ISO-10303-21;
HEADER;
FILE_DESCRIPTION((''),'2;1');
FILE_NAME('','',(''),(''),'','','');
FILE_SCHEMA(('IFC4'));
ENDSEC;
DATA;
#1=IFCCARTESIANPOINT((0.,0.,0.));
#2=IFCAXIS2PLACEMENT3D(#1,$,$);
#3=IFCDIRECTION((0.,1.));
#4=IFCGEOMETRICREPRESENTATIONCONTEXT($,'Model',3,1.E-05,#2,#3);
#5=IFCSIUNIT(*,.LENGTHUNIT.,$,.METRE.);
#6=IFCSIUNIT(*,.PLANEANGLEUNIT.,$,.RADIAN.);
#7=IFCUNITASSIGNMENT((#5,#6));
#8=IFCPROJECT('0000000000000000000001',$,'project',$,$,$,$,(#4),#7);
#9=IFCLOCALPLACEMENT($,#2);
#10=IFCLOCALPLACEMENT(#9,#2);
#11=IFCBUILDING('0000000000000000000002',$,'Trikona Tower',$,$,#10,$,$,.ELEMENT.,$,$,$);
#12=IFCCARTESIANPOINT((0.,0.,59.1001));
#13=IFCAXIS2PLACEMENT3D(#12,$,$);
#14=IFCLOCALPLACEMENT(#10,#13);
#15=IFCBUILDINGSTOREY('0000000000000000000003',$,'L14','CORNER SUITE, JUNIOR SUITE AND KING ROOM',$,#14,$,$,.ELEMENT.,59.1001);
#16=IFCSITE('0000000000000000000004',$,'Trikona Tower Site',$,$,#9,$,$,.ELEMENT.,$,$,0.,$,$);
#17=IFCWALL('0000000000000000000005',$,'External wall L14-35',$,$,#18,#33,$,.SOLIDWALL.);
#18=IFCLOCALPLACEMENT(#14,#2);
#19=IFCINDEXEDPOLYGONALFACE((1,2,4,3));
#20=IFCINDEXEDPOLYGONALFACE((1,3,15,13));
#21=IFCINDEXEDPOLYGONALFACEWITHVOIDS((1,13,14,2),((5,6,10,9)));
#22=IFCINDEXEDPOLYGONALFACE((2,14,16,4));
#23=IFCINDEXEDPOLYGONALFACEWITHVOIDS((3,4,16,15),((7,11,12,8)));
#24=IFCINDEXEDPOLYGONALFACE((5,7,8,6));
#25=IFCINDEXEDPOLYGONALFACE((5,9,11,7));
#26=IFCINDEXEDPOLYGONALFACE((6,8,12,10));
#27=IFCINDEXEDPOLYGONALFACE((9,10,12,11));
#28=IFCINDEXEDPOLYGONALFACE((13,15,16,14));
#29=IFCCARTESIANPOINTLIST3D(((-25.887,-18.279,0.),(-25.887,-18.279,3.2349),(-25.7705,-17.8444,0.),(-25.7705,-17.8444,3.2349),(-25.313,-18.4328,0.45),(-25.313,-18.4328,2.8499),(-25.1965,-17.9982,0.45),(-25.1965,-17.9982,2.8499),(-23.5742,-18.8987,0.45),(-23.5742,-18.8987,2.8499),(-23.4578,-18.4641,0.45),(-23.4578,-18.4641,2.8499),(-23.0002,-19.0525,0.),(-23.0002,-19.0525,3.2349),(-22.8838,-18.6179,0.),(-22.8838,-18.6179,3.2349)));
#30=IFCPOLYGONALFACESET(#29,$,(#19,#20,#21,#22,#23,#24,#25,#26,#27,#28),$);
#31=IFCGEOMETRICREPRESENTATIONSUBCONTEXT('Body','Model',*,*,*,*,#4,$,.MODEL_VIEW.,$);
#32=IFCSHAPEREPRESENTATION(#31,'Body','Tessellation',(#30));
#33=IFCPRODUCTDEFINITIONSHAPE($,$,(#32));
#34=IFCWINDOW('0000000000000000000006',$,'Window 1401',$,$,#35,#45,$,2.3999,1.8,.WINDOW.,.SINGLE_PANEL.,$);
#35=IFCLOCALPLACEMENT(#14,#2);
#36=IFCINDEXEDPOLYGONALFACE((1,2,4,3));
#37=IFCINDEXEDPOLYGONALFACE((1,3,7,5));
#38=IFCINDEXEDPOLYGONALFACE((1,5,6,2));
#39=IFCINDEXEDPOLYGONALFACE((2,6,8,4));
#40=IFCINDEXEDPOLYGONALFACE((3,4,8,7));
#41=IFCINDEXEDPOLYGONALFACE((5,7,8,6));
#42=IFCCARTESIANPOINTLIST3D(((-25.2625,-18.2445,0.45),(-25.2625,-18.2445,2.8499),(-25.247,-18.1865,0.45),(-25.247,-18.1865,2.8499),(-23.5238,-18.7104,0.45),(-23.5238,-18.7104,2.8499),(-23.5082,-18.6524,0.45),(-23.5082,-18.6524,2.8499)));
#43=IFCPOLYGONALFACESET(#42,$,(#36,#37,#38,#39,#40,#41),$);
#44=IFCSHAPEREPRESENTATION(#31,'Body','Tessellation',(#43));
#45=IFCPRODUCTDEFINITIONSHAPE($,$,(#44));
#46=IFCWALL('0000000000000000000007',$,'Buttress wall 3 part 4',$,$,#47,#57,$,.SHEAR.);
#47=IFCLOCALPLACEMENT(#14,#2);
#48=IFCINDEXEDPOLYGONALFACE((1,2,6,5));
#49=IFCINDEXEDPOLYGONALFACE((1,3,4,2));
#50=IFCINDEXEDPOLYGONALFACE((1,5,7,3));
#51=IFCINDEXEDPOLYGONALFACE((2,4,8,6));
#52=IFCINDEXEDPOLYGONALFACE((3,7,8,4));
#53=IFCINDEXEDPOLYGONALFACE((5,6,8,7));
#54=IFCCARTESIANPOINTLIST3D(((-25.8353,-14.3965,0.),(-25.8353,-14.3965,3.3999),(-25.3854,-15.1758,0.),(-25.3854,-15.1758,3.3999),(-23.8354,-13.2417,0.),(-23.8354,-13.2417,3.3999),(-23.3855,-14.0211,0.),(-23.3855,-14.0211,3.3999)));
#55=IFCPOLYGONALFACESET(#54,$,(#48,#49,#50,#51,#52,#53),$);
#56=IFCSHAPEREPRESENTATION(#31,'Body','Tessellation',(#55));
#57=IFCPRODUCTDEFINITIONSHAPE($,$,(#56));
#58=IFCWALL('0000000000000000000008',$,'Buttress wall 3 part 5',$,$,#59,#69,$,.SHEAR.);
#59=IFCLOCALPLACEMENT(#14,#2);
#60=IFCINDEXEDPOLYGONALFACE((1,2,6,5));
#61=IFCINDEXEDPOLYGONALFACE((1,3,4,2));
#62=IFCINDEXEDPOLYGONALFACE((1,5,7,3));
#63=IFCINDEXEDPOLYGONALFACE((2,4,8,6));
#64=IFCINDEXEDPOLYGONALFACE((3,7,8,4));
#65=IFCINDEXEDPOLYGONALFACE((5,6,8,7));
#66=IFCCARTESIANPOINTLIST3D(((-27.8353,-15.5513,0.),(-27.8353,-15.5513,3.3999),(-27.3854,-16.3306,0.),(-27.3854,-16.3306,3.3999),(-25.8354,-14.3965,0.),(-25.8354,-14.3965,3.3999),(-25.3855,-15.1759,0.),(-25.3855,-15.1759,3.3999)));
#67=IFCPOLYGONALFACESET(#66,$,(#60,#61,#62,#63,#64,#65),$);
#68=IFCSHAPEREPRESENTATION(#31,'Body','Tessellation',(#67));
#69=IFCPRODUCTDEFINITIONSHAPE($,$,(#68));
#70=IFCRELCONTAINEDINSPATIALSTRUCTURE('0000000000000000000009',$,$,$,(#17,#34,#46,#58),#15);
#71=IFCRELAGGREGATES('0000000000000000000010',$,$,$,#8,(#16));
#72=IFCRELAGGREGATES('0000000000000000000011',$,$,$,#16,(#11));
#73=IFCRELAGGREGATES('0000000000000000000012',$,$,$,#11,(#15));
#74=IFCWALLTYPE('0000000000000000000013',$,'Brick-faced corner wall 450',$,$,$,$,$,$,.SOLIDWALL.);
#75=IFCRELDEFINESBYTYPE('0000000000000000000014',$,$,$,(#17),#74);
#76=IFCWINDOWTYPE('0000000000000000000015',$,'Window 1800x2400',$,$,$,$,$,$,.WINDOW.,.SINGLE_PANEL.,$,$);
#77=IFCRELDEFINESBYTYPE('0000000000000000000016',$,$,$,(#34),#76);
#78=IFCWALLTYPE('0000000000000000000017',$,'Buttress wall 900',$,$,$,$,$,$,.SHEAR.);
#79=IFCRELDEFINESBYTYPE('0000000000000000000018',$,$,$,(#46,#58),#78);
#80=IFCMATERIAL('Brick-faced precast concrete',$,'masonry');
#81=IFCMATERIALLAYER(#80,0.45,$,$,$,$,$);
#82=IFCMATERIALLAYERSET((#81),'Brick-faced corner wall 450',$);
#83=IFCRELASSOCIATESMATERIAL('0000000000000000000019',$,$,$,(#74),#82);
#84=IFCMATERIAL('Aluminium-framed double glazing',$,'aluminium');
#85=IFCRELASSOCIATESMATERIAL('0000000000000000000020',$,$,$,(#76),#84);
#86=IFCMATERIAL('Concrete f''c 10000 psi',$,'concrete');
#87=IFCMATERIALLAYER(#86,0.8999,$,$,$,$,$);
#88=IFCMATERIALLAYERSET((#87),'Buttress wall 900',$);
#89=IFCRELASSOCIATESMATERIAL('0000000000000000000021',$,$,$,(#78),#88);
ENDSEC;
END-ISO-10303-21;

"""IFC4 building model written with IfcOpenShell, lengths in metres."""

from ifc_helpers import new_model, si_unit, direction, frame, frame_2d, origin, place, context, subcontext, project, spatial, rectangle, extrude, material, layer, layer_set, type_object, element, fill, save


model = new_model("IFC4")

# Units and contexts
model_context = context("Model", 3, precision=1e-05, world=origin(), true_north=direction((0.0, 1.0)))
body_context = subcontext(model_context, "Body", "Model", "MODEL_VIEW")
ifc_project = project(units=[si_unit("LENGTHUNIT", "METRE"), si_unit("PLANEANGLEUNIT", "RADIAN")], contexts=[model_context])

# Site, building, storey
site_placement = place(None, origin())
site = spatial("IfcSite", under=ifc_project, at=site_placement, Name="Trikona Tower Site", CompositionType="ELEMENT", RefElevation=0.0)
building_placement = place(site_placement, origin())
building = spatial("IfcBuilding", under=site, at=building_placement, Name="Trikona Tower", CompositionType="ELEMENT")
storey_placement = place(building_placement, frame((0.0, 0.0, 59.1001)))
storey = spatial("IfcBuildingStorey", under=building, at=storey_placement, Name="L14", Description="CORNER SUITE, JUNIOR SUITE AND KING ROOM", CompositionType="ELEMENT", Elevation=59.1001)

# Wall, opening, window
ifc_material_1 = material(Name="Brick-faced precast concrete", Category="masonry")
ifc_layer_1 = layer(ifc_material_1, 0.45)
ifc_layer_set_1 = layer_set([ifc_layer_1], Name="Brick-faced corner wall 450")
wall_type_1 = type_object("IfcWallType", Name="Brick-faced corner wall 450", PredefinedType="SOLIDWALL", material=ifc_layer_set_1)
wall_1_placement = place(storey_placement, frame((-25.8286, -18.0618, 0.0), z_axis=(0.0, 0.0, 1.0), x_axis=(0.965931, -0.258801, 0.0)))
wall_1 = element("IfcWall", 1, at=wall_1_placement, inside=storey, type_object=wall_type_1, Name="External wall L14-35", PredefinedType="SOLIDWALL", context=body_context, shape_type="SweptSolid", body=[
    extrude(rectangle(XDim=2.9885, YDim=0.45, at=frame_2d((1.4941, 0.0))), origin(), (0.0, 0.0, 1.0), 3.2349),
])
opening_1_placement = place(wall_1_placement, frame((0.5942, 0.0, 0.45)))
opening_1 = element("IfcOpeningElement", 2, at=opening_1_placement, cuts=wall_1, PredefinedType="OPENING", context=body_context, shape_type="SweptSolid", body=[
    extrude(rectangle(XDim=1.8, YDim=2.3999, at=frame_2d((0.8999, 1.2))), frame((0.0, 0.2349, 0.0), z_axis=(0.0, -1.0, 0.0), x_axis=(1.0, 0.0, 0.0)), (0.0, 0.0, 1.0), 0.47),
])
ifc_material_2 = material(Name="Aluminium-framed double glazing", Category="aluminium")
window_type_1 = type_object("IfcWindowType", Name="Window 1800x2400", PartitioningType="SINGLE_PANEL", PredefinedType="WINDOW", material=ifc_material_2)
window_1_placement = place(opening_1_placement, origin())
window_1 = element("IfcWindow", 3, at=window_1_placement, inside=storey, type_object=window_type_1, Name="Window 1401", OverallHeight=2.3999, OverallWidth=1.8, PartitioningType="SINGLE_PANEL", PredefinedType="WINDOW", context=body_context, shape_type="SweptSolid", body=[
    extrude(rectangle(XDim=1.8, YDim=2.3999, at=frame_2d((0.8999, 1.2))), frame((0.0, 0.03, 0.0), z_axis=(0.0, -1.0, 0.0), x_axis=(1.0, 0.0, 0.0)), (0.0, 0.0, 1.0), 0.0601),
])
fill(opening_1, window_1)

# Walls
ifc_material_3 = material(Name="Concrete f'c 10000 psi", Category="concrete")
ifc_layer_2 = layer(ifc_material_3, 0.8999)
ifc_layer_set_2 = layer_set([ifc_layer_2], Name="Buttress wall 900")
wall_type_2 = type_object("IfcWallType", Name="Buttress wall 900", PredefinedType="SHEAR", material=ifc_layer_set_2)
for number, where, z_axis, x_axis, name in (
    (4, (-23.6104, -13.6313, 0.0), (0.0, 0.0, 1.0), (-0.86601, -0.500027, 0.0), "Buttress wall 3 part 4"),
    (5, (-25.6104, -14.7861, 0.0), (0.0, 0.0, 1.0), (-0.86601, -0.500027, 0.0), "Buttress wall 3 part 5"),
):
    element("IfcWall", number, at=place(storey_placement, frame(where, z_axis=z_axis, x_axis=x_axis)), inside=storey, type_object=wall_type_2, Name=name, PredefinedType="SHEAR", context=body_context, shape_type="SweptSolid", body=[
        extrude(rectangle(XDim=2.3093, YDim=0.8999, at=frame_2d((1.1548, 0.0))), origin(), (0.0, 0.0, 1.0), 3.3999),
    ])

save(model, "model.ifc")
